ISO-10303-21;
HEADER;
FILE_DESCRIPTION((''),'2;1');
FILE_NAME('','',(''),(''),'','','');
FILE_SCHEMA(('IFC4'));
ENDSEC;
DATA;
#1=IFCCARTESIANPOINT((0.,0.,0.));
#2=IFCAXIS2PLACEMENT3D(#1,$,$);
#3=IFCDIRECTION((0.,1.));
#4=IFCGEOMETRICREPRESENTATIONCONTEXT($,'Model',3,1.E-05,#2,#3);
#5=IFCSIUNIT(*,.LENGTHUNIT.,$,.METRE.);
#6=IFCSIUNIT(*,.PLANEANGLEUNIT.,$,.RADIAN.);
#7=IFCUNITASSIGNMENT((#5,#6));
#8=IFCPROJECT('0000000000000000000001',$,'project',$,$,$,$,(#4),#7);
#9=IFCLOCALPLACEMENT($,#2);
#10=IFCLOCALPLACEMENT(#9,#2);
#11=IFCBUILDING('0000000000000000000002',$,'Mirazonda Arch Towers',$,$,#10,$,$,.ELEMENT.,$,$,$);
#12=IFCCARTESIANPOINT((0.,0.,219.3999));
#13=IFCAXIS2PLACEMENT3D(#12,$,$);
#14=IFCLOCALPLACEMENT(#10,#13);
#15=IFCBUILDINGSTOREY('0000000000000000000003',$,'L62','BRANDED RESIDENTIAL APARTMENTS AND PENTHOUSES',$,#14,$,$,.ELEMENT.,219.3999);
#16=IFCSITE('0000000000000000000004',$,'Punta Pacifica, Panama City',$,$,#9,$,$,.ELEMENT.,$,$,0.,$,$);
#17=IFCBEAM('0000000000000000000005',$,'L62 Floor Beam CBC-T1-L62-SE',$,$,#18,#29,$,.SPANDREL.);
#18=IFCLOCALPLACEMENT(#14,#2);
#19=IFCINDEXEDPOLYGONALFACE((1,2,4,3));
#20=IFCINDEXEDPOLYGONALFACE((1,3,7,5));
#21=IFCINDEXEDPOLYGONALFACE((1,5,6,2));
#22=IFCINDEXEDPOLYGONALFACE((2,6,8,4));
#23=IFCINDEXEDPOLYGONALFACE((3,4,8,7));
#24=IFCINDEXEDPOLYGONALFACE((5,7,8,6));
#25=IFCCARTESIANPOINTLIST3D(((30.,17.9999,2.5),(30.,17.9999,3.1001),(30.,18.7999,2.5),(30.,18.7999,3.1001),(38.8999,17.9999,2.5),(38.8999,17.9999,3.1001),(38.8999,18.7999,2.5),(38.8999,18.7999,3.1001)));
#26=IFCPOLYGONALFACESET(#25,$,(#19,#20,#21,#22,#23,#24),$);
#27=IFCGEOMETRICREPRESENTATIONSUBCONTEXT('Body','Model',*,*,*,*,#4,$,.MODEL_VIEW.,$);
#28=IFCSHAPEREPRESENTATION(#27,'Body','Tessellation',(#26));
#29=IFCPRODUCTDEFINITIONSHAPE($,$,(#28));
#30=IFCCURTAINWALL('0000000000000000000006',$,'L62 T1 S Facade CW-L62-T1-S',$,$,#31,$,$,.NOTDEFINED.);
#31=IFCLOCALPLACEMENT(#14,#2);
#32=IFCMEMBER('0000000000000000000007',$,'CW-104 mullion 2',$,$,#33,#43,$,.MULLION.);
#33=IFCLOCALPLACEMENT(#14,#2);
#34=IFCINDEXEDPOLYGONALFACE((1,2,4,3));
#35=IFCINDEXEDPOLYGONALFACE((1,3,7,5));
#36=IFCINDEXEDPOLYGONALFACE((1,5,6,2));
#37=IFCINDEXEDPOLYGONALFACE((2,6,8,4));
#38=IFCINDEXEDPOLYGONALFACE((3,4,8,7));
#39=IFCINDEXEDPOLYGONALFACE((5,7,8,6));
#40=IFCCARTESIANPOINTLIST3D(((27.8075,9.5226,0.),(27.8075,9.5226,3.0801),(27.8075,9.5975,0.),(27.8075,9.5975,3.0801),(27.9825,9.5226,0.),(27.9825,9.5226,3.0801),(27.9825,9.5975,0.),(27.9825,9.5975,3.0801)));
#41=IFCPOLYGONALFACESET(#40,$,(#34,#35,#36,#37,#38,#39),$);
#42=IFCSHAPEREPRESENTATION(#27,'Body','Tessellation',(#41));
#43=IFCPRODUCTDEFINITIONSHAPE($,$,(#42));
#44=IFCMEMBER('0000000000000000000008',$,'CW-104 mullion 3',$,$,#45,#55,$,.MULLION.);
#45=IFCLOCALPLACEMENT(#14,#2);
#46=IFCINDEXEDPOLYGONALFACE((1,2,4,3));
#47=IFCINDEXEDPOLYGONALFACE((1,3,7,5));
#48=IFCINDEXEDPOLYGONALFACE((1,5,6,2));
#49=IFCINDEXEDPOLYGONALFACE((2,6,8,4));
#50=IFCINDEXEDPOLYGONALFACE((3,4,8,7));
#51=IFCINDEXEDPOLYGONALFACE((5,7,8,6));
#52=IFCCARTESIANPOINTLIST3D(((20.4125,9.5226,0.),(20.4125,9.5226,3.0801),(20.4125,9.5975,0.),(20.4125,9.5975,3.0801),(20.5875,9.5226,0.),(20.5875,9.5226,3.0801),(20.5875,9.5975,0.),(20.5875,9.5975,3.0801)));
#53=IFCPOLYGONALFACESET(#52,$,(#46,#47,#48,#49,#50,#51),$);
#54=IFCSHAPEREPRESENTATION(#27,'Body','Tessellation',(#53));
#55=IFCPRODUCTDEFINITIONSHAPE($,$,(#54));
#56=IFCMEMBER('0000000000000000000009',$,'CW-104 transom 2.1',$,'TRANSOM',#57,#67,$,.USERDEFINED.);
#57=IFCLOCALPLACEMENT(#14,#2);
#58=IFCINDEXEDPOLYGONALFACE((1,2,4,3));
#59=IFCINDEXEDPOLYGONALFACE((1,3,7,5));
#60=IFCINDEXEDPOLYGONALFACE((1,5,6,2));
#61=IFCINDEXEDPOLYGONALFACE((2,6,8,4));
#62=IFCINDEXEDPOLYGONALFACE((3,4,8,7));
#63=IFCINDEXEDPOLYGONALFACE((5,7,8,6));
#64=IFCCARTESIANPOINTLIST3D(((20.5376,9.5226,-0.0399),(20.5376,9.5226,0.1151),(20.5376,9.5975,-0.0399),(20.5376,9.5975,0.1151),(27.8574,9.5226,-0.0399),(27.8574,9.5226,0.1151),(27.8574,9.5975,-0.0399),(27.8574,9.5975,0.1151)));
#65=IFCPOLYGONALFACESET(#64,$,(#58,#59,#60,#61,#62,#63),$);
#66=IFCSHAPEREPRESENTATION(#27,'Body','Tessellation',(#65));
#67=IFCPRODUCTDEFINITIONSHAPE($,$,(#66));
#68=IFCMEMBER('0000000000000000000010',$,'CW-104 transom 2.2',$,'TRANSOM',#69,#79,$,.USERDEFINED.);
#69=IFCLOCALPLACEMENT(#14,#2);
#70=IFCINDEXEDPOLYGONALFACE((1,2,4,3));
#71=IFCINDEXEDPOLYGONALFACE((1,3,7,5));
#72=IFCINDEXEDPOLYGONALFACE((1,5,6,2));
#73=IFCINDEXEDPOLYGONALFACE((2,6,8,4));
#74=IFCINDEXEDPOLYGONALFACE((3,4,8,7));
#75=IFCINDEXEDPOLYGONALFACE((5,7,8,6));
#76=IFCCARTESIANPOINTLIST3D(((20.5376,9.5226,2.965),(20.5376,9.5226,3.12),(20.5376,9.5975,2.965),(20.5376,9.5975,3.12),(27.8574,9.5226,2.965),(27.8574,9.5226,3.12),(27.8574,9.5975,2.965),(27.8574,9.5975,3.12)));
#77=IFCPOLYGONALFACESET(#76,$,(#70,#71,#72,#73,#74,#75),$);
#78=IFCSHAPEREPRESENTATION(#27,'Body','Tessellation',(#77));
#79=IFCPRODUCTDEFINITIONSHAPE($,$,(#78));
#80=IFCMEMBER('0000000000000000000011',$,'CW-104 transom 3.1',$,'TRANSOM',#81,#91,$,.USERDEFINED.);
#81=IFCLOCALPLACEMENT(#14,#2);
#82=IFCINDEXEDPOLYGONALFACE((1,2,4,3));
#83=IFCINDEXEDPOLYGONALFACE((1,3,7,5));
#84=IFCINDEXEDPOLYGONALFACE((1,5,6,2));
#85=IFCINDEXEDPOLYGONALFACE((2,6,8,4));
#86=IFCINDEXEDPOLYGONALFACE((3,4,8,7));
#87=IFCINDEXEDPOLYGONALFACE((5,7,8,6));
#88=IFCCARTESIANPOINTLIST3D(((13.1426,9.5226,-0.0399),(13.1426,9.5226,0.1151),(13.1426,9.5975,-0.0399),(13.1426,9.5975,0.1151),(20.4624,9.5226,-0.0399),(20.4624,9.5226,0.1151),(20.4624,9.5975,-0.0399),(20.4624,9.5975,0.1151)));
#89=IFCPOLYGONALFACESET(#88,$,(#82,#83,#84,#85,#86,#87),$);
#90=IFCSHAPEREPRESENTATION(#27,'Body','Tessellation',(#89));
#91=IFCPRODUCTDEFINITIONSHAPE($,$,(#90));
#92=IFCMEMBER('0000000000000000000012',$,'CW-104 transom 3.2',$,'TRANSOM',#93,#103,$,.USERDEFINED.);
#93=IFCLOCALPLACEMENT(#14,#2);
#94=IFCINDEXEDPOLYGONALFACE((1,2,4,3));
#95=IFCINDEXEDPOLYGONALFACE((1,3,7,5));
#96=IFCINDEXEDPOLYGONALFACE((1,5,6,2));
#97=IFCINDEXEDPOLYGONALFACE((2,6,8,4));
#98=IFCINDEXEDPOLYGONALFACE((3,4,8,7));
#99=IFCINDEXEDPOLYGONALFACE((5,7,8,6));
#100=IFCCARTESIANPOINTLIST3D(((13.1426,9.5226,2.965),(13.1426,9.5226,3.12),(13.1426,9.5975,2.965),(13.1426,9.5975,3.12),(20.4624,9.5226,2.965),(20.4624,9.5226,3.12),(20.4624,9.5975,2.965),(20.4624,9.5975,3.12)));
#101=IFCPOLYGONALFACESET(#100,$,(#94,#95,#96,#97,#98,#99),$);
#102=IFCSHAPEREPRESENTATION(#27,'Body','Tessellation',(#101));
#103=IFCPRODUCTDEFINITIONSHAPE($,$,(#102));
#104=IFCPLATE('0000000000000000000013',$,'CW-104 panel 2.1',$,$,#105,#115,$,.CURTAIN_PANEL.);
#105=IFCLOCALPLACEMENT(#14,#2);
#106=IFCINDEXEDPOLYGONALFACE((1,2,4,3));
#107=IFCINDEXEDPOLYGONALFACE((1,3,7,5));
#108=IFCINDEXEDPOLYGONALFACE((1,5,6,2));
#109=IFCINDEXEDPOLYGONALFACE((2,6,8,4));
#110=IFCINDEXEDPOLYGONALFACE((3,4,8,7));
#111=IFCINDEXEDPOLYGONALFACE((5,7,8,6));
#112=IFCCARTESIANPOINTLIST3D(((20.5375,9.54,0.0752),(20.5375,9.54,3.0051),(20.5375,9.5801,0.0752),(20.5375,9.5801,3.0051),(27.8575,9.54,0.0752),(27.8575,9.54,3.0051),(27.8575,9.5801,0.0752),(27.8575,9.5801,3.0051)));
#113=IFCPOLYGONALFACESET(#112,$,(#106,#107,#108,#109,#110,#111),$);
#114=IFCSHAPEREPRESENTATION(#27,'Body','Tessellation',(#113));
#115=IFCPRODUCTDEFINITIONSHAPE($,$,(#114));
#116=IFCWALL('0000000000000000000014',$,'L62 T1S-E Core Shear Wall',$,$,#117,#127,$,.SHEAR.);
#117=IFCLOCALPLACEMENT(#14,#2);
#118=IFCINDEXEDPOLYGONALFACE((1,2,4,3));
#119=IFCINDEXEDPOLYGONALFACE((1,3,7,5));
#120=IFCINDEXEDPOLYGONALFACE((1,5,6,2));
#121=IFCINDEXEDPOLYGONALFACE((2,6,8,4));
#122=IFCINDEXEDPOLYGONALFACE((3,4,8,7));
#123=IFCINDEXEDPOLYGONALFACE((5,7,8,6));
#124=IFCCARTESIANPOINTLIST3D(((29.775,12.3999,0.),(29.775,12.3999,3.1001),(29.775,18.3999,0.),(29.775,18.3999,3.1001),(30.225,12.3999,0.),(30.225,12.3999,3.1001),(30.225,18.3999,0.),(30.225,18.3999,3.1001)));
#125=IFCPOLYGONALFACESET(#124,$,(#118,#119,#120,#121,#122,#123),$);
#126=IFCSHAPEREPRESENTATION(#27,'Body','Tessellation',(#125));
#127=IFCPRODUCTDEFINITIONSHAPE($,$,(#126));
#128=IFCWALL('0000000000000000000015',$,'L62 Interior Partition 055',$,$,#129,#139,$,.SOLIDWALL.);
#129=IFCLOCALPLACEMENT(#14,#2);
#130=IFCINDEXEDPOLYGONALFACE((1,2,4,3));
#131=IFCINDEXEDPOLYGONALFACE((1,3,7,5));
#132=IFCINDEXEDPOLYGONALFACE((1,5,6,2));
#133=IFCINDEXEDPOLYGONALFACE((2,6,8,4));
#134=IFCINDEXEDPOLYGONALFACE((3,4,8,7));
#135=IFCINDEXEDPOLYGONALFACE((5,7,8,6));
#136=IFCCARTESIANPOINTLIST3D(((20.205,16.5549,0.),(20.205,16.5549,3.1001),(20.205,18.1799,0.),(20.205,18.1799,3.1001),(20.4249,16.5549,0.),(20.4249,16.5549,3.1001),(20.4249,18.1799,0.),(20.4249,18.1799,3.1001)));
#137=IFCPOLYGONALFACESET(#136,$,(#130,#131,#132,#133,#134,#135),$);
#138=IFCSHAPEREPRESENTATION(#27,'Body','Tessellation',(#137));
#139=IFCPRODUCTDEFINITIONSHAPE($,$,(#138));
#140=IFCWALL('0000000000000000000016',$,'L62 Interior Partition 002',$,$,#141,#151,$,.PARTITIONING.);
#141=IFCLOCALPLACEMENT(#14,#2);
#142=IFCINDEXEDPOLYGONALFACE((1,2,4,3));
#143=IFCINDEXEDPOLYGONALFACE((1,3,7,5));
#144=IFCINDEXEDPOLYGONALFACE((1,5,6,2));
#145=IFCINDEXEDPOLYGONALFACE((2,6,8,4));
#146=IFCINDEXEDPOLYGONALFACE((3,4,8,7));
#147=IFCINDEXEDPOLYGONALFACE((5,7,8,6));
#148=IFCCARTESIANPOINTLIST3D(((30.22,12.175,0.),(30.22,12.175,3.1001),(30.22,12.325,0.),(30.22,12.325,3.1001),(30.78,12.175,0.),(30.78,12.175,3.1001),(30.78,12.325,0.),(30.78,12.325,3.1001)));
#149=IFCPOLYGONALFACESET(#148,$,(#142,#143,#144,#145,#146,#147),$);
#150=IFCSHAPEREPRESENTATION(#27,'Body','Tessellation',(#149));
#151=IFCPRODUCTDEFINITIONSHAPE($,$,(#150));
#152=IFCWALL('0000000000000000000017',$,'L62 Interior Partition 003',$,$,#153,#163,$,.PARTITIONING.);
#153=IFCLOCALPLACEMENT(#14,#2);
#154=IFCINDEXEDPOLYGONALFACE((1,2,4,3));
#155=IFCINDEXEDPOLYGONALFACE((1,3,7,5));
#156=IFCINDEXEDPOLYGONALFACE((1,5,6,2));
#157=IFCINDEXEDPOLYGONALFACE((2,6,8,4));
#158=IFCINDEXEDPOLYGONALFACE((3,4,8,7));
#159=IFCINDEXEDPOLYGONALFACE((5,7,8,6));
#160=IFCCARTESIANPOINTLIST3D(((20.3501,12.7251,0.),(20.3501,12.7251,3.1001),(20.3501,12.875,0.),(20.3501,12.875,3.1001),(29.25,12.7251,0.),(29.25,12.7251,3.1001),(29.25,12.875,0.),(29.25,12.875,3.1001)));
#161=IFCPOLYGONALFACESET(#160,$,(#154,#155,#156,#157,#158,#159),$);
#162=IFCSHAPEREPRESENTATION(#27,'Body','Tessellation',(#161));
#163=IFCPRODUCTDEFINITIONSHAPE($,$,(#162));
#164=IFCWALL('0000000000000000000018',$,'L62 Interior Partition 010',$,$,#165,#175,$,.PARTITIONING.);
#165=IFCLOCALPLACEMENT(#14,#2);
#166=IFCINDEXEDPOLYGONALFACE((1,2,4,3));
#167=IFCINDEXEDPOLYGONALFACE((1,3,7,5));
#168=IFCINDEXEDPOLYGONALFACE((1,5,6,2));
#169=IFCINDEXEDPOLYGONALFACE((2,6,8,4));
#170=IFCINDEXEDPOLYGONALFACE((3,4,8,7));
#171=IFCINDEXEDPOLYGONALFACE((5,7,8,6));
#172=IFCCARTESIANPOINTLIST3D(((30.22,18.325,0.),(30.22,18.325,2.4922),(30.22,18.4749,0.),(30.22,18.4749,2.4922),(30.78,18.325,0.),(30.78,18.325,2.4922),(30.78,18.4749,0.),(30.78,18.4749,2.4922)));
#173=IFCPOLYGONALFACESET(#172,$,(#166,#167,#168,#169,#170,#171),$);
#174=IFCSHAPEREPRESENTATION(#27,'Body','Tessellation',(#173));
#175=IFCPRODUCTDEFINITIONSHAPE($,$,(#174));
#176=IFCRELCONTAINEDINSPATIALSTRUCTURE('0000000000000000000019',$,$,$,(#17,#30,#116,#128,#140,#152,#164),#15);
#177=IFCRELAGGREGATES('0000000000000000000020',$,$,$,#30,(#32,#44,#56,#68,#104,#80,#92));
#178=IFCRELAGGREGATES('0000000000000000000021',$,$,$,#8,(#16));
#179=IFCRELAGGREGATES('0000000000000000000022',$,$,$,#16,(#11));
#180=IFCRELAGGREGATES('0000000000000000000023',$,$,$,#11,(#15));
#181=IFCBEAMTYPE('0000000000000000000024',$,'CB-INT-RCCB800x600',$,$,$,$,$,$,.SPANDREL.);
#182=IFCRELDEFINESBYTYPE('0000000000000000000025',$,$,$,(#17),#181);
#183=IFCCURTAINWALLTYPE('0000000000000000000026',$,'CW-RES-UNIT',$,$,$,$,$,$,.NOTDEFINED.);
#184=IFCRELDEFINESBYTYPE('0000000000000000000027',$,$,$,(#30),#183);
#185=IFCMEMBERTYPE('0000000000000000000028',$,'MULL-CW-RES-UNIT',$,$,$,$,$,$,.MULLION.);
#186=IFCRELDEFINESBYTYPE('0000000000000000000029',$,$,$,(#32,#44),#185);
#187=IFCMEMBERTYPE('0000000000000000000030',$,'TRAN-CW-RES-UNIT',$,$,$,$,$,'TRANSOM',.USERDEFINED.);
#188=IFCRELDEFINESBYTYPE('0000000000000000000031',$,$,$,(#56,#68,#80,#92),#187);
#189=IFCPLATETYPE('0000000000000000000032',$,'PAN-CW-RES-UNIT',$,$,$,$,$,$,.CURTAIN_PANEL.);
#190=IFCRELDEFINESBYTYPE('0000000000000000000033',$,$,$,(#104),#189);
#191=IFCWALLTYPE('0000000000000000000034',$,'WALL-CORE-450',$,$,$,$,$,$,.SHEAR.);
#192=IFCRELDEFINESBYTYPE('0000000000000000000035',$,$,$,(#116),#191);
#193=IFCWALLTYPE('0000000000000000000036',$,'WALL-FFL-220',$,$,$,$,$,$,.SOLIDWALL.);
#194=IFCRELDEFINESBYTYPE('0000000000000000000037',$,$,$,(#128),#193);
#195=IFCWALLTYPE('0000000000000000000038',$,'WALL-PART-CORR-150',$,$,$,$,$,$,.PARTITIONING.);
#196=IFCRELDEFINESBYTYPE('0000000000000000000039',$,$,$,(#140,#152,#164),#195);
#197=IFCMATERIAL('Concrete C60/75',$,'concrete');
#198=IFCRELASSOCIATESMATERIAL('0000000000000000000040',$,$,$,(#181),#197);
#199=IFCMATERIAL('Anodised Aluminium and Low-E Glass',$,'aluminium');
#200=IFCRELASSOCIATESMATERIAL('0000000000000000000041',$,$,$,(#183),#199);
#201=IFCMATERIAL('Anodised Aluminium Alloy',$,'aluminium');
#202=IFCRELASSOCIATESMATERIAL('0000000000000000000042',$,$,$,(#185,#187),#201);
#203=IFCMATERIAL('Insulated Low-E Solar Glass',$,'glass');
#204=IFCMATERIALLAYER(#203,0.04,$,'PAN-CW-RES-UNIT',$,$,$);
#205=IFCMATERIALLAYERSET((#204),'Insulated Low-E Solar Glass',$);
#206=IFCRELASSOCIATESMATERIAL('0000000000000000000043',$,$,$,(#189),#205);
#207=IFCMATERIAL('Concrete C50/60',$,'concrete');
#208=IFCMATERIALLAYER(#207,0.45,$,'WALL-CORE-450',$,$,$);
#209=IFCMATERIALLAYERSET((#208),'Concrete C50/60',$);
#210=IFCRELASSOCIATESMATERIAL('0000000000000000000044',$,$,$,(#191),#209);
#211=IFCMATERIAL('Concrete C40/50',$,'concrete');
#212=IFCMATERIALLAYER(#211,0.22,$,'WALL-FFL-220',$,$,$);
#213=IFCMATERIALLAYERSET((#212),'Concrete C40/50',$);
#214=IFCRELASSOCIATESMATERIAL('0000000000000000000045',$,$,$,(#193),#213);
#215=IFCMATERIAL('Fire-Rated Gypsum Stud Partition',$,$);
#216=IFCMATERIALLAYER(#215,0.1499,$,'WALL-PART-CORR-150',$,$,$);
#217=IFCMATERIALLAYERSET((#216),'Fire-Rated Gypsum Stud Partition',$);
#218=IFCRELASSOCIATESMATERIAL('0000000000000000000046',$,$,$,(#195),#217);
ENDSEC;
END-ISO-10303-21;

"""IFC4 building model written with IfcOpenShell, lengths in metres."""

from ifc_helpers import new_model, si_unit, direction, frame, frame_2d, origin, origin_2d, place, context, subcontext, project, spatial, rectangle, extrude, material, layer, layer_set, material_profile, profile_set, type_object, element, aggregate, save


model = new_model("IFC4")

# Units and contexts
model_context = context("Model", 3, precision=1e-05, world=origin(), true_north=direction((0.0, 1.0)))
body_context = subcontext(model_context, "Body", "Model", "MODEL_VIEW")
ifc_project = project(units=[si_unit("LENGTHUNIT", "METRE"), si_unit("PLANEANGLEUNIT", "RADIAN")], contexts=[model_context])

# Site, building, storey
site_placement = place(None, origin())
site = spatial("IfcSite", under=ifc_project, at=site_placement, Name="Punta Pacifica, Panama City", CompositionType="ELEMENT", RefElevation=0.0)
building_placement = place(site_placement, origin())
building = spatial("IfcBuilding", under=site, at=building_placement, Name="Mirazonda Arch Towers", CompositionType="ELEMENT")
storey_placement = place(building_placement, frame((0.0, 0.0, 219.3999)))
storey = spatial("IfcBuildingStorey", under=building, at=storey_placement, Name="L62", Description="BRANDED RESIDENTIAL APARTMENTS AND PENTHOUSES", CompositionType="ELEMENT", Elevation=219.3999)

# Shared definitions
ifc_material_1 = material(Name="Concrete C50/60", Category="concrete")

# Beam
ifc_material_2 = material(Name="Concrete C60/75", Category="concrete")
ifc_material_profile_1 = material_profile(ifc_material_2, rectangle(XDim=0.8, YDim=0.6001, at=origin_2d()), Name="RCCB800x600")
ifc_profile_set_1 = profile_set([ifc_material_profile_1], Name="Concrete C60/75")
beam_type_1 = type_object("IfcBeamType", Name="CB-INT-RCCB800x600", PredefinedType="SPANDREL", material=ifc_profile_set_1)
beam_1_placement = place(storey_placement, frame((30.0, 18.3999, 2.8), z_axis=(1.0, 0.0, 0.0), x_axis=(0.0, 1.0, 0.0)))
element("IfcBeam", 1, at=beam_1_placement, inside=storey, type_object=beam_type_1, Name="L62 Floor Beam CBC-T1-L62-SE", PredefinedType="SPANDREL", context=body_context, shape_type="SweptSolid", body=[
    extrude(rectangle(XDim=0.8, YDim=0.6001, at=origin_2d()), origin(), (0.0, 0.0, 1.0), 8.8999),
])

# Curtain wall, members, plate
ifc_material_3 = material(Name="Anodised Aluminium and Low-E Glass", Category="aluminium")
curtain_wall_type = type_object("IfcCurtainWallType", Name="CW-RES-UNIT", PredefinedType="NOTDEFINED", material=ifc_material_3)
curtain_wall_placement = place(storey_placement, origin())
curtain_wall = element("IfcCurtainWall", 2, at=curtain_wall_placement, inside=storey, type_object=curtain_wall_type, Name="L62 T1 S Facade CW-L62-T1-S", PredefinedType="NOTDEFINED")
ifc_material_4 = material(Name="Anodised Aluminium Alloy", Category="aluminium")
ifc_material_profile_2 = material_profile(ifc_material_4, rectangle(XDim=0.075, YDim=0.175, at=origin_2d()), Name="ALU-MULL-75x175")
ifc_profile_set_2 = profile_set([ifc_material_profile_2], Name="Anodised Aluminium Alloy")
member_type_1 = type_object("IfcMemberType", Name="MULL-CW-RES-UNIT", PredefinedType="MULLION", material=ifc_profile_set_2)
member_1_placement = place(storey_placement, frame((27.895, 9.5601, 0.0), z_axis=(0.0, 0.0, 1.0), x_axis=(0.0, -1.0, 0.0)))
member_1 = element("IfcMember", 3, at=member_1_placement, type_object=member_type_1, Name="CW-104 mullion 2", PredefinedType="MULLION", context=body_context, shape_type="SweptSolid", body=[
    extrude(rectangle(XDim=0.075, YDim=0.175, at=origin_2d()), origin(), (0.0, 0.0, 1.0), 3.0801),
])
member_2_placement = place(storey_placement, frame((20.5, 9.5601, 0.0), z_axis=(0.0, 0.0, 1.0), x_axis=(0.0, -1.0, 0.0)))
member_2 = element("IfcMember", 4, at=member_2_placement, type_object=member_type_1, Name="CW-104 mullion 3", PredefinedType="MULLION", context=body_context, shape_type="SweptSolid", body=[
    extrude(rectangle(XDim=0.075, YDim=0.175, at=origin_2d()), origin(), (0.0, 0.0, 1.0), 3.0801),
])
ifc_material_profile_3 = material_profile(ifc_material_4, rectangle(XDim=0.075, YDim=0.155, at=origin_2d()), Name="ALU-TRAN-75x155")
ifc_profile_set_3 = profile_set([ifc_material_profile_3], Name="Anodised Aluminium Alloy")
member_type_2 = type_object("IfcMemberType", Name="TRAN-CW-RES-UNIT", ElementType="TRANSOM", PredefinedType="USERDEFINED", material=ifc_profile_set_3)
member_3_placement = place(storey_placement, frame((27.8574, 9.5601, 0.0376), z_axis=(-1.0, 0.0, 0.0), x_axis=(0.0, -1.0, 0.0)))
member_3 = element("IfcMember", 5, at=member_3_placement, type_object=member_type_2, Name="CW-104 transom 2.1", ObjectType="TRANSOM", PredefinedType="USERDEFINED", context=body_context, shape_type="SweptSolid", body=[
    extrude(rectangle(XDim=0.075, YDim=0.155, at=origin_2d()), origin(), (0.0, 0.0, 1.0), 7.3198),
])
member_4_placement = place(storey_placement, frame((27.8574, 9.5601, 3.0425), z_axis=(-1.0, 0.0, 0.0), x_axis=(0.0, -1.0, 0.0)))
member_4 = element("IfcMember", 6, at=member_4_placement, type_object=member_type_2, Name="CW-104 transom 2.2", ObjectType="TRANSOM", PredefinedType="USERDEFINED", context=body_context, shape_type="SweptSolid", body=[
    extrude(rectangle(XDim=0.075, YDim=0.155, at=origin_2d()), origin(), (0.0, 0.0, 1.0), 7.3198),
])
member_5_placement = place(storey_placement, frame((20.4624, 9.5601, 0.0376), z_axis=(-1.0, 0.0, 0.0), x_axis=(0.0, -1.0, 0.0)))
member_5 = element("IfcMember", 7, at=member_5_placement, type_object=member_type_2, Name="CW-104 transom 3.1", ObjectType="TRANSOM", PredefinedType="USERDEFINED", context=body_context, shape_type="SweptSolid", body=[
    extrude(rectangle(XDim=0.075, YDim=0.155, at=origin_2d()), origin(), (0.0, 0.0, 1.0), 7.3198),
])
member_6_placement = place(storey_placement, frame((20.4624, 9.5601, 3.0425), z_axis=(-1.0, 0.0, 0.0), x_axis=(0.0, -1.0, 0.0)))
member_6 = element("IfcMember", 8, at=member_6_placement, type_object=member_type_2, Name="CW-104 transom 3.2", ObjectType="TRANSOM", PredefinedType="USERDEFINED", context=body_context, shape_type="SweptSolid", body=[
    extrude(rectangle(XDim=0.075, YDim=0.155, at=origin_2d()), origin(), (0.0, 0.0, 1.0), 7.3198),
])
ifc_material_5 = material(Name="Insulated Low-E Solar Glass", Category="glass")
ifc_layer_1 = layer(ifc_material_5, 0.04, Name="PAN-CW-RES-UNIT")
ifc_layer_set_1 = layer_set([ifc_layer_1], Name="Insulated Low-E Solar Glass")
plate_type = type_object("IfcPlateType", Name="PAN-CW-RES-UNIT", PredefinedType="CURTAIN_PANEL", material=ifc_layer_set_1)
plate_placement = place(storey_placement, frame((24.1975, 9.5601, 0.0752), z_axis=(0.0, 0.0, 1.0), x_axis=(-1.0, 0.0, 0.0)))
plate = element("IfcPlate", 9, at=plate_placement, type_object=plate_type, Name="CW-104 panel 2.1", PredefinedType="CURTAIN_PANEL", context=body_context, shape_type="SweptSolid", body=[
    extrude(rectangle(XDim=7.3201, YDim=0.04, at=origin_2d()), origin(), (0.0, 0.0, 1.0), 2.9299),
])
aggregate(curtain_wall, [member_1, member_2, member_3, member_4, plate, member_5, member_6])

# Walls
ifc_layer_2 = layer(ifc_material_1, 0.45, Name="WALL-CORE-450")
ifc_layer_set_2 = layer_set([ifc_layer_2], Name="Concrete C50/60")
wall_type_1 = type_object("IfcWallType", Name="WALL-CORE-450", PredefinedType="SHEAR", material=ifc_layer_set_2)
wall_1_placement = place(storey_placement, frame((30.0, 12.3999, 0.0), z_axis=(0.0, 0.0, 1.0), x_axis=(0.0, 1.0, 0.0)))
element("IfcWall", 10, at=wall_1_placement, inside=storey, type_object=wall_type_1, Name="L62 T1S-E Core Shear Wall", PredefinedType="SHEAR", context=body_context, shape_type="SweptSolid", body=[
    extrude(rectangle(XDim=6.0, YDim=0.45, at=frame_2d((3.0, 0.0))), origin(), (0.0, 0.0, 1.0), 3.1001),
])
ifc_material_6 = material(Name="Concrete C40/50", Category="concrete")
ifc_layer_3 = layer(ifc_material_6, 0.22, Name="WALL-FFL-220")
ifc_layer_set_3 = layer_set([ifc_layer_3], Name="Concrete C40/50")
wall_type_2 = type_object("IfcWallType", Name="WALL-FFL-220", PredefinedType="SOLIDWALL", material=ifc_layer_set_3)
wall_2_placement = place(storey_placement, frame((20.3149, 16.5549, 0.0), z_axis=(0.0, 0.0, 1.0), x_axis=(0.0, 1.0, 0.0)))
element("IfcWall", 11, at=wall_2_placement, inside=storey, type_object=wall_type_2, Name="L62 Interior Partition 055", PredefinedType="SOLIDWALL", context=body_context, shape_type="SweptSolid", body=[
    extrude(rectangle(XDim=1.625, YDim=0.22, at=frame_2d((0.8125, 0.0))), origin(), (0.0, 0.0, 1.0), 3.1001),
])
ifc_material_7 = material(Name="Fire-Rated Gypsum Stud Partition")
ifc_layer_4 = layer(ifc_material_7, 0.1499, Name="WALL-PART-CORR-150")
ifc_layer_set_4 = layer_set([ifc_layer_4], Name="Fire-Rated Gypsum Stud Partition")
wall_type_3 = type_object("IfcWallType", Name="WALL-PART-CORR-150", PredefinedType="PARTITIONING", material=ifc_layer_set_4)
wall_3_placement = place(storey_placement, frame((30.22, 12.25, 0.0), z_axis=(0.0, 0.0, 1.0), x_axis=(1.0, 0.0, 0.0)))
element("IfcWall", 12, at=wall_3_placement, inside=storey, type_object=wall_type_3, Name="L62 Interior Partition 002", PredefinedType="PARTITIONING", context=body_context, shape_type="SweptSolid", body=[
    extrude(rectangle(XDim=0.5601, YDim=0.1499, at=frame_2d((0.28, 0.0))), origin(), (0.0, 0.0, 1.0), 3.1001),
])
wall_4_placement = place(storey_placement, frame((20.3501, 12.8, 0.0), z_axis=(0.0, 0.0, 1.0), x_axis=(1.0, 0.0, 0.0)))
element("IfcWall", 13, at=wall_4_placement, inside=storey, type_object=wall_type_3, Name="L62 Interior Partition 003", PredefinedType="PARTITIONING", context=body_context, shape_type="SweptSolid", body=[
    extrude(rectangle(XDim=8.8999, YDim=0.1499, at=frame_2d((4.45, 0.0))), origin(), (0.0, 0.0, 1.0), 3.1001),
])
wall_5_placement = place(storey_placement, frame((30.22, 18.3999, 0.0), z_axis=(0.0, 0.0, 1.0), x_axis=(1.0, 0.0, 0.0)))
element("IfcWall", 14, at=wall_5_placement, inside=storey, type_object=wall_type_3, Name="L62 Interior Partition 010", PredefinedType="PARTITIONING", context=body_context, shape_type="SweptSolid", body=[
    extrude(rectangle(XDim=0.5601, YDim=0.1499, at=frame_2d((0.28, 0.0))), origin(), (0.0, 0.0, 1.0), 2.4922),
])

save(model, "model.ifc")
